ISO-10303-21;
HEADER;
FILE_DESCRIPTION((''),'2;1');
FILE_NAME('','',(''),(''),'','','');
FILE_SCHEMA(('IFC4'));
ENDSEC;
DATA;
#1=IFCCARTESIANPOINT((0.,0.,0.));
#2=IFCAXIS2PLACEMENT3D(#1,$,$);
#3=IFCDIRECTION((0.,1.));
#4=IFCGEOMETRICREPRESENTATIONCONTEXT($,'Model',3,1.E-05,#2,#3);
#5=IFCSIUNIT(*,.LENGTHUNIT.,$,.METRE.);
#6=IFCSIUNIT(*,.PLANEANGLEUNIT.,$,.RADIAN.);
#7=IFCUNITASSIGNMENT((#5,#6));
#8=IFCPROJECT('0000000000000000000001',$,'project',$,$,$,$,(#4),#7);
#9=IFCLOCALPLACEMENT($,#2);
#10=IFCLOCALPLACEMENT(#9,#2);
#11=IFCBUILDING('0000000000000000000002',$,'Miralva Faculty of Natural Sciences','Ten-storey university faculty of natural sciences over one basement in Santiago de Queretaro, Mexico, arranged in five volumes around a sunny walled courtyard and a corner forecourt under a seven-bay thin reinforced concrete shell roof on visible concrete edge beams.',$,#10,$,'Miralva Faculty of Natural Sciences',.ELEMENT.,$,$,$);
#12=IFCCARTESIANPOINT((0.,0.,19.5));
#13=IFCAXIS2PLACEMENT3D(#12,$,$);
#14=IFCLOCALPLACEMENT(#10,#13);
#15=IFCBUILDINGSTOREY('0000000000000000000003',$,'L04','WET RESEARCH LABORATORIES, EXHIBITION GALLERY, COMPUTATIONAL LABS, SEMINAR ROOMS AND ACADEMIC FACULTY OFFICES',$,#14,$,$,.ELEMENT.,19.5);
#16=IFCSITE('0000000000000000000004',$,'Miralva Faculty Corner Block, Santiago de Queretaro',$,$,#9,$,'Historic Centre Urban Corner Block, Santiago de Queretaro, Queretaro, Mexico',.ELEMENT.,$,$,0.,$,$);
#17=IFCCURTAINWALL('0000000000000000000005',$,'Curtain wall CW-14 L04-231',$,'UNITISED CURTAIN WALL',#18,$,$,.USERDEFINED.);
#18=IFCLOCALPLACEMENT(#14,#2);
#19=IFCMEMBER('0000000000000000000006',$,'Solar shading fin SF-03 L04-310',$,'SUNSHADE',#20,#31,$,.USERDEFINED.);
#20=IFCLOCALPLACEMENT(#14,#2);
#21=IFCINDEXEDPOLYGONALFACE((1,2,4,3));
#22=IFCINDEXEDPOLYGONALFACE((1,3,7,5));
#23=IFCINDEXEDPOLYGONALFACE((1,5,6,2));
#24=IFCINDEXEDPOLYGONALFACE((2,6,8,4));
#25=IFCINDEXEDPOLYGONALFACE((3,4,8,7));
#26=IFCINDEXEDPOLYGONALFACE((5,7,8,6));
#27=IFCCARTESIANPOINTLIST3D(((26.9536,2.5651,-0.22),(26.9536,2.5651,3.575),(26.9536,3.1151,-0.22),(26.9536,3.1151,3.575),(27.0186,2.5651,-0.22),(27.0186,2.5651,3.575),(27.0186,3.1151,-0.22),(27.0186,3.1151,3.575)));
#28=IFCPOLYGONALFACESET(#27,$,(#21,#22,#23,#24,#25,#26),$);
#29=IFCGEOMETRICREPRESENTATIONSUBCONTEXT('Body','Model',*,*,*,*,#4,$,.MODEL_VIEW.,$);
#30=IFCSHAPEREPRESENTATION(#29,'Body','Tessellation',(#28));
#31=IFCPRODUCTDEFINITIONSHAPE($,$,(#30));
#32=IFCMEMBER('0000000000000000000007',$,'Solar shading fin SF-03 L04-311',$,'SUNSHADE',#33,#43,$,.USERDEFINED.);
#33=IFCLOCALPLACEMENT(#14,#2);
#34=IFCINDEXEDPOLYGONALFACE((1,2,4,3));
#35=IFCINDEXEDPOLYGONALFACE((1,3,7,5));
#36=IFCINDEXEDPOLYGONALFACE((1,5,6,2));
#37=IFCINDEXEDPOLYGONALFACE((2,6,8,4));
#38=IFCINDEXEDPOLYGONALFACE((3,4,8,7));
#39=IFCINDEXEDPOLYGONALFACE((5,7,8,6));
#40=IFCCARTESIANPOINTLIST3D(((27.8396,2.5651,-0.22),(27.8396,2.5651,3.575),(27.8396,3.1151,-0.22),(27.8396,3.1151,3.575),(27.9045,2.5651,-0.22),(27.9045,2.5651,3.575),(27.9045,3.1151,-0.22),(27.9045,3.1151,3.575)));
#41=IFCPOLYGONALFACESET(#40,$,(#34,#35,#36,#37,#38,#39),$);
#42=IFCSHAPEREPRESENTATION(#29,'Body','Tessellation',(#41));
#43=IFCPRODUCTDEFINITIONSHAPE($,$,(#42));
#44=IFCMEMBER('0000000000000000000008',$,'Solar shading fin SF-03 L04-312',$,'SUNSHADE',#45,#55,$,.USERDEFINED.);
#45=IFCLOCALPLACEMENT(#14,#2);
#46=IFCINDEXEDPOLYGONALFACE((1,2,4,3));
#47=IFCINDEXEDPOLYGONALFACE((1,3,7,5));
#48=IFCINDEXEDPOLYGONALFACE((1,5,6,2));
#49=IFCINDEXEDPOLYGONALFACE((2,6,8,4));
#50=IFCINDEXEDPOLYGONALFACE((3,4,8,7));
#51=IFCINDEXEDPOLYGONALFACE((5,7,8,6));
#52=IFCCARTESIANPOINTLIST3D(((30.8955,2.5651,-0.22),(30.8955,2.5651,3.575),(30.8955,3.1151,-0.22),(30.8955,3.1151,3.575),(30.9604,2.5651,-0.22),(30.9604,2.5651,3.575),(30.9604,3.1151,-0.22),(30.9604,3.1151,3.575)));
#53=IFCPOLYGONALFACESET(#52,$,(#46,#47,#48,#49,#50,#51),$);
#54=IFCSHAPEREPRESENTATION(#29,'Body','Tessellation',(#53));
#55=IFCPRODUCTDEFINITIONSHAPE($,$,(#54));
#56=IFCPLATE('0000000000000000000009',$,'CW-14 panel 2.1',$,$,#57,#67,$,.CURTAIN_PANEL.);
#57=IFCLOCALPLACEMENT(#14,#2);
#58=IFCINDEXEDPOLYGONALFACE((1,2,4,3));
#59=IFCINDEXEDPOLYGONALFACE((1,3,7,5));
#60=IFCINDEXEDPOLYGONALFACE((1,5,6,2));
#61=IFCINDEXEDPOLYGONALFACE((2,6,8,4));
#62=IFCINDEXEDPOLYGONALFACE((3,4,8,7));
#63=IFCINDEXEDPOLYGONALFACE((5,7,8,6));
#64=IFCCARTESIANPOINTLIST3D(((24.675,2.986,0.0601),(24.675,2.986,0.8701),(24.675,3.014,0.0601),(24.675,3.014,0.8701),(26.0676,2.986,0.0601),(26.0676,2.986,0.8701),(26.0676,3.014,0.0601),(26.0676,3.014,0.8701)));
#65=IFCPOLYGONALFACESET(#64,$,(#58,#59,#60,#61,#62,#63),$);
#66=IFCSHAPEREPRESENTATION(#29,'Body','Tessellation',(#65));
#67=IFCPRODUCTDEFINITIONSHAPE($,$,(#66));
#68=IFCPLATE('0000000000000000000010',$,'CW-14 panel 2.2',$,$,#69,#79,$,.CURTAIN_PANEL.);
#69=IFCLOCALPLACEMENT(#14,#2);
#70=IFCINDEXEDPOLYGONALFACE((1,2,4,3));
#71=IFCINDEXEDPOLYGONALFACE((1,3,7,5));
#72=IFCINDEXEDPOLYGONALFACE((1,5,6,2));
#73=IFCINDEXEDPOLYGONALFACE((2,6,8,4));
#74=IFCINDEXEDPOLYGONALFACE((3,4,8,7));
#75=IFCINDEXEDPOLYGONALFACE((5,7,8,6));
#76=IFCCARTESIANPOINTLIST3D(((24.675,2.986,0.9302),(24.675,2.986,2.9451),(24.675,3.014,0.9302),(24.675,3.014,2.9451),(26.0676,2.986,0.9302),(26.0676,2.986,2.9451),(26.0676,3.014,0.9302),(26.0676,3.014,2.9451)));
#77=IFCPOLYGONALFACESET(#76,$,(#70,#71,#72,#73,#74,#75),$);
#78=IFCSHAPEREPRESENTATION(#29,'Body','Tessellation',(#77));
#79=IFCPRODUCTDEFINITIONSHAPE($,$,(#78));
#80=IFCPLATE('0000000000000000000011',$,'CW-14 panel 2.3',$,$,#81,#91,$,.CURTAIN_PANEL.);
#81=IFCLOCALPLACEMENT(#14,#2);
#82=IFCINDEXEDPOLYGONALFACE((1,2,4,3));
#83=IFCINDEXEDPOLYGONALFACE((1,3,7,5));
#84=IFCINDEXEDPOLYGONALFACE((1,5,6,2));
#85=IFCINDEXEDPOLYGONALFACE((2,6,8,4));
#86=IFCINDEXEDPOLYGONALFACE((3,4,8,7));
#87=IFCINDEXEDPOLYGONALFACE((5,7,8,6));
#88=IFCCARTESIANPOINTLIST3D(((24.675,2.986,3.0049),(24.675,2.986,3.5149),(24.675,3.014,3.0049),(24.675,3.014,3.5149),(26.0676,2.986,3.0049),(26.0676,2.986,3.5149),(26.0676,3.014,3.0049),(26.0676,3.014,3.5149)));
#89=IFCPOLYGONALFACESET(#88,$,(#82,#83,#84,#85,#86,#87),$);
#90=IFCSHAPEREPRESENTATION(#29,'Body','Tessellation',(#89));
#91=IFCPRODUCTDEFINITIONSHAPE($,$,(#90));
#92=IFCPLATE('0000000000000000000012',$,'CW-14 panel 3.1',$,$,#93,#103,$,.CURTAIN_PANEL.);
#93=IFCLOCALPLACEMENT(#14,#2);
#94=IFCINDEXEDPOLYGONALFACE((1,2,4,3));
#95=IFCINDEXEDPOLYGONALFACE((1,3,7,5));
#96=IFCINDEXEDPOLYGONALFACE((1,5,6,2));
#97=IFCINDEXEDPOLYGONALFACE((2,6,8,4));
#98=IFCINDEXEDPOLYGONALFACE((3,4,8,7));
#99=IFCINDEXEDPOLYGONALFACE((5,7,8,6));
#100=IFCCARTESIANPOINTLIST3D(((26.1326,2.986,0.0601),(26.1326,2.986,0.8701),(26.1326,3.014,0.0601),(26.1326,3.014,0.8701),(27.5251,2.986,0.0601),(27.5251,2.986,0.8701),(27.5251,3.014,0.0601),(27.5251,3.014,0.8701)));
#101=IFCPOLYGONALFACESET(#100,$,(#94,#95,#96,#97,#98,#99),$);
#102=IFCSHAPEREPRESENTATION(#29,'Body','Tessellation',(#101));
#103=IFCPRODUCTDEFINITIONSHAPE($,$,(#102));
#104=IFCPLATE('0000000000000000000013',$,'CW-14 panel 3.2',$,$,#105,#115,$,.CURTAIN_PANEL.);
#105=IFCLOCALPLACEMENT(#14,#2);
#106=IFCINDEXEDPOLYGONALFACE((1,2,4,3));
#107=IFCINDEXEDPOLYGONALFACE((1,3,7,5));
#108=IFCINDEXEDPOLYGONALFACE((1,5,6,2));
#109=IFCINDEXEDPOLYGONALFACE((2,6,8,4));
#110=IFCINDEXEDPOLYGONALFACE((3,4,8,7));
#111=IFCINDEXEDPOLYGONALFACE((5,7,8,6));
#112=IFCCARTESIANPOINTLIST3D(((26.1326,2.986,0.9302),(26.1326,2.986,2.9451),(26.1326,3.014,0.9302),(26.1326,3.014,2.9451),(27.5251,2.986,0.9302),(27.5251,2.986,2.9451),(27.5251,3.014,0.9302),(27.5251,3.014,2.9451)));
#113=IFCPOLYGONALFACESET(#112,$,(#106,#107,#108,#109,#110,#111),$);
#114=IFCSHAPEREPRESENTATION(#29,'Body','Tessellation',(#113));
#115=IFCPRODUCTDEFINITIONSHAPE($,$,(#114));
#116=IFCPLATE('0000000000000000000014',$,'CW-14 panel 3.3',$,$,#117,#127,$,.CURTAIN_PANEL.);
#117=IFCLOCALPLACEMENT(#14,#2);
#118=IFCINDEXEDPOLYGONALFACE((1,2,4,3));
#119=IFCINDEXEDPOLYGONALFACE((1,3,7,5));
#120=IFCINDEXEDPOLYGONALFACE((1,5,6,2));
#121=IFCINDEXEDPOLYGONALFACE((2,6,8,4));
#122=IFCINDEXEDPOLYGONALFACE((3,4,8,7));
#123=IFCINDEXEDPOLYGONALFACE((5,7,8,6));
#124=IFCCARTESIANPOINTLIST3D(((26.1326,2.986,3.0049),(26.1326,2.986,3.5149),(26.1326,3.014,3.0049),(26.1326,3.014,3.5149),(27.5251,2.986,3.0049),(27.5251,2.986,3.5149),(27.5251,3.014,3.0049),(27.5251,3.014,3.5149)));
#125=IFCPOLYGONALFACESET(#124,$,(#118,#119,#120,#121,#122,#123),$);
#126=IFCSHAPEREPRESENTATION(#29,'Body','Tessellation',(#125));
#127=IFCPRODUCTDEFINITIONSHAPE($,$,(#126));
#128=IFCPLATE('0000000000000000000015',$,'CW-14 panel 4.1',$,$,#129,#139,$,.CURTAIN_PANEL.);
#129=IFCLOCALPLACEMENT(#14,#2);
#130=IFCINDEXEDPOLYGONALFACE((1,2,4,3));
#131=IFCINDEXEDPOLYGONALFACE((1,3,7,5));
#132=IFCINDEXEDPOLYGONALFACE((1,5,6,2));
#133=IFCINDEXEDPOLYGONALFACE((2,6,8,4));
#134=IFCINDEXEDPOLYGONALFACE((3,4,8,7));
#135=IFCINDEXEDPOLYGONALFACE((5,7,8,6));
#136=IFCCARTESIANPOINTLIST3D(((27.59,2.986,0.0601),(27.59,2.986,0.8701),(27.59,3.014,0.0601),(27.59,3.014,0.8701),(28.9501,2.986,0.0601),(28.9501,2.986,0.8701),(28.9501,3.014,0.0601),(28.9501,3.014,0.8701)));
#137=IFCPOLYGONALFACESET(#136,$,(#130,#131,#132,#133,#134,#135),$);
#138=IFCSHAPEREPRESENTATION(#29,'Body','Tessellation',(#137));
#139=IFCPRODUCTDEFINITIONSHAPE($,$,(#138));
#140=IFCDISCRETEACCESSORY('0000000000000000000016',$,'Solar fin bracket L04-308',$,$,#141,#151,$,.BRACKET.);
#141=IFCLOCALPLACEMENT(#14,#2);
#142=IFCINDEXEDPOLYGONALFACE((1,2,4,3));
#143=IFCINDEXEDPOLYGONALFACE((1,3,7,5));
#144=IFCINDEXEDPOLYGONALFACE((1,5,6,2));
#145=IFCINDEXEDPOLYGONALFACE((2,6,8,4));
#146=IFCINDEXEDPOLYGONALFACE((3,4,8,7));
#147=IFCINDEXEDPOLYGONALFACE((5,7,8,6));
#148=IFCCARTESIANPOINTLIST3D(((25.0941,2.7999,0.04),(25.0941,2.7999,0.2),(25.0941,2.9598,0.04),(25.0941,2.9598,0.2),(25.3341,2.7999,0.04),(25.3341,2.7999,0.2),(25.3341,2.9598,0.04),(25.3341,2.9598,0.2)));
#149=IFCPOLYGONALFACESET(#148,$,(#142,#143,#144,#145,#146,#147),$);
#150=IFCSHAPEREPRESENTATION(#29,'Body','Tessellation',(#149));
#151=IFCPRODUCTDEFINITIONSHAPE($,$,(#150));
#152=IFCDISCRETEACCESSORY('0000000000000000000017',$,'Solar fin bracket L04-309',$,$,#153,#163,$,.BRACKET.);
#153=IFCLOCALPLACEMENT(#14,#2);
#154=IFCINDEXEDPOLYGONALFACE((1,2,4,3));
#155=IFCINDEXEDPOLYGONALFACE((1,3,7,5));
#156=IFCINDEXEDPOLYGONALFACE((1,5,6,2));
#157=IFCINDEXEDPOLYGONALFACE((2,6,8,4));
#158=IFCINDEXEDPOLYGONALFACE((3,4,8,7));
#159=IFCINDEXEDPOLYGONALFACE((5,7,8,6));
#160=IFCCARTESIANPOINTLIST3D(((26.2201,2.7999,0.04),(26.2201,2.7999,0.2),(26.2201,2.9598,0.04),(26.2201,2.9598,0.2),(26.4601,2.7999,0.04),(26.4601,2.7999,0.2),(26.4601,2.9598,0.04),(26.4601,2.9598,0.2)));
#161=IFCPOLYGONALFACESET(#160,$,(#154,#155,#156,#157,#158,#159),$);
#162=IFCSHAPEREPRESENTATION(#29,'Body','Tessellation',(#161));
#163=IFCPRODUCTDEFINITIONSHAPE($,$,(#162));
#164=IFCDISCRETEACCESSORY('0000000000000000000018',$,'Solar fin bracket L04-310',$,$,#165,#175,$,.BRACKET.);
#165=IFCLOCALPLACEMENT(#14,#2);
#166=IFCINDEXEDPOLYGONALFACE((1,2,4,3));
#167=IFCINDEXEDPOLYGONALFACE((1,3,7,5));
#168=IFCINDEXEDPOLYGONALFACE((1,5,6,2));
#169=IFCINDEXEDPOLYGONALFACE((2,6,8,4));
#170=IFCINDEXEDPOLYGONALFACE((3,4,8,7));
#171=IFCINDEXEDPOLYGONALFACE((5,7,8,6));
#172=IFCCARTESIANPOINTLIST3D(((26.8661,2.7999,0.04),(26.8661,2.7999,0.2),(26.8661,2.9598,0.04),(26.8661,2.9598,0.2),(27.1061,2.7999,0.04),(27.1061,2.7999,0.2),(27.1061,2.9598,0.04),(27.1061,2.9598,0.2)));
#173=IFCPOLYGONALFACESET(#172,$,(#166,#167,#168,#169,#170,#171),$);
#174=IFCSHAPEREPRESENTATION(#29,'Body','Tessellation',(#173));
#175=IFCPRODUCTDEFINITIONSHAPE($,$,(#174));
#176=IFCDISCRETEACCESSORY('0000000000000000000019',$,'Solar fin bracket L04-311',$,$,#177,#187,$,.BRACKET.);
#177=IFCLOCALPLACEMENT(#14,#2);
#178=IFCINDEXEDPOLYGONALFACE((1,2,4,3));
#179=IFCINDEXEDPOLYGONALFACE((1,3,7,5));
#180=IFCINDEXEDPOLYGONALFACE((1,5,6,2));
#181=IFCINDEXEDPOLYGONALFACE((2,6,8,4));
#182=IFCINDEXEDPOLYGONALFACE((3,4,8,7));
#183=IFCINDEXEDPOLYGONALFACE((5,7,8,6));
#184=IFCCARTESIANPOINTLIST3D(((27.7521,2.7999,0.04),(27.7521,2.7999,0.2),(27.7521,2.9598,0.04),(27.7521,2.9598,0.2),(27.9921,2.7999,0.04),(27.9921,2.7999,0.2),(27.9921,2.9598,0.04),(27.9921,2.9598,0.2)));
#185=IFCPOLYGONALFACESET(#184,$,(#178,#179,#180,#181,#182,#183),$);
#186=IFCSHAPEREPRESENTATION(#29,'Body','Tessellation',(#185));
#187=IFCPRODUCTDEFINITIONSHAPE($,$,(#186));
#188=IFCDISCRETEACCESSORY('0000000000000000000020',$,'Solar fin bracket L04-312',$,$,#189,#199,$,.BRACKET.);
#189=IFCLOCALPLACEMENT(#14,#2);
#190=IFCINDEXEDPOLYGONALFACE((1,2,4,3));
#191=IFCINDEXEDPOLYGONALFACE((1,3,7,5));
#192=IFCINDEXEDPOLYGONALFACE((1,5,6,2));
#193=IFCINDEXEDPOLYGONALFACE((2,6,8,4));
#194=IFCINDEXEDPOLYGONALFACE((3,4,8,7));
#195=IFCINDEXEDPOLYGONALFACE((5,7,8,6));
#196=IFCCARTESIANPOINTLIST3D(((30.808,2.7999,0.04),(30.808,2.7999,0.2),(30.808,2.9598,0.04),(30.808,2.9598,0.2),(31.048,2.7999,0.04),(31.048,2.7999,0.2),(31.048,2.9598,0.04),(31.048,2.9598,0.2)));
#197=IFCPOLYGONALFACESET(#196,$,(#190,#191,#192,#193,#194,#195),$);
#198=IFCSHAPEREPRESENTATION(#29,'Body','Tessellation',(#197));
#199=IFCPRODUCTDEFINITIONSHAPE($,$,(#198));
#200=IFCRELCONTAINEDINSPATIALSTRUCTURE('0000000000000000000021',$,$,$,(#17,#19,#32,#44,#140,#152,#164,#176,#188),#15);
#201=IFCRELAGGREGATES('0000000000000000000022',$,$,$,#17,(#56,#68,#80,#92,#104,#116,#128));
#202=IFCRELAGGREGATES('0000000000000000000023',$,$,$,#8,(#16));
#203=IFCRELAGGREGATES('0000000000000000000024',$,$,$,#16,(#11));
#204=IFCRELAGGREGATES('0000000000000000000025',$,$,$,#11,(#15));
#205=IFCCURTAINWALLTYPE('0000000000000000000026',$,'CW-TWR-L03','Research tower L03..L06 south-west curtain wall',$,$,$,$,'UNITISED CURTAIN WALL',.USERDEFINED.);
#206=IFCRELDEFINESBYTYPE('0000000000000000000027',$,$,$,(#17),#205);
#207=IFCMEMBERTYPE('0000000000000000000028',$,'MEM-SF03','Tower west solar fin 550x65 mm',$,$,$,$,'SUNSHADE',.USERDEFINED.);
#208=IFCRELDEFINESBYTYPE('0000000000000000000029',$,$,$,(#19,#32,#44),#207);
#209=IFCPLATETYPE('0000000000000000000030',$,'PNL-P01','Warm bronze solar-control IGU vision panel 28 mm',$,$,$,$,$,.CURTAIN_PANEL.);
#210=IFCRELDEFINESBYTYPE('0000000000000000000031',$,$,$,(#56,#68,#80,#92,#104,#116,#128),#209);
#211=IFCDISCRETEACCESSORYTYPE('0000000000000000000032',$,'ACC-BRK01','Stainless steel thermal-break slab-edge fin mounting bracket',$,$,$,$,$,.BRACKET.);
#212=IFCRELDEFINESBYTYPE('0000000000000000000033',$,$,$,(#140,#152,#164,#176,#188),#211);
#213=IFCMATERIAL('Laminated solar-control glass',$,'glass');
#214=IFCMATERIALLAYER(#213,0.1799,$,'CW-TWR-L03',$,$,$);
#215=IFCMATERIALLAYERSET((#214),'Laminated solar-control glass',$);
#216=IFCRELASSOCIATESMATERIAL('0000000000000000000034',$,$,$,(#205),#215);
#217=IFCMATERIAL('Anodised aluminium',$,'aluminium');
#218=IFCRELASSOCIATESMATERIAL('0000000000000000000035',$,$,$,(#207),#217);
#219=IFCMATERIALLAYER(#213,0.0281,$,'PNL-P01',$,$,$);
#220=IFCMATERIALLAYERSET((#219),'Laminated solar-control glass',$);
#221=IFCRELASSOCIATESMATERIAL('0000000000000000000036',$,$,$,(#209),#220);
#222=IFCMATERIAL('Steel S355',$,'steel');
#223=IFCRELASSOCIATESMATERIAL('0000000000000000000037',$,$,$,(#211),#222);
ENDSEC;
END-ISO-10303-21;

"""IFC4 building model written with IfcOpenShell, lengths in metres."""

from ifc_helpers import new_model, si_unit, direction, frame, origin, origin_2d, place, context, subcontext, project, spatial, rectangle, extrude, material, layer, layer_set, material_profile, profile_set, type_object, element, aggregate, save


model = new_model("IFC4")

# Units and contexts
model_context = context("Model", 3, precision=1e-05, world=origin(), true_north=direction((0.0, 1.0)))
body_context = subcontext(model_context, "Body", "Model", "MODEL_VIEW")
ifc_project = project(units=[si_unit("LENGTHUNIT", "METRE"), si_unit("PLANEANGLEUNIT", "RADIAN")], contexts=[model_context])

# Site, building, storey
site_placement = place(None, origin())
site = spatial("IfcSite", under=ifc_project, at=site_placement, Name="Miralva Faculty Corner Block, Santiago de Queretaro", LongName="Historic Centre Urban Corner Block, Santiago de Queretaro, Queretaro, Mexico", CompositionType="ELEMENT", RefElevation=0.0)
building_placement = place(site_placement, origin())
building = spatial("IfcBuilding", under=site, at=building_placement, Name="Miralva Faculty of Natural Sciences", Description="Ten-storey university faculty of natural sciences over one basement in Santiago de Queretaro, Mexico, arranged in five volumes around a sunny walled courtyard and a corner forecourt under a seven-bay thin reinforced concrete shell roof on visible concrete edge beams.", LongName="Miralva Faculty of Natural Sciences", CompositionType="ELEMENT")
storey_placement = place(building_placement, frame((0.0, 0.0, 19.5)))
storey = spatial("IfcBuildingStorey", under=building, at=storey_placement, Name="L04", Description="WET RESEARCH LABORATORIES, EXHIBITION GALLERY, COMPUTATIONAL LABS, SEMINAR ROOMS AND ACADEMIC FACULTY OFFICES", CompositionType="ELEMENT", Elevation=19.5)

# Curtain wall
ifc_material_1 = material(Name="Laminated solar-control glass", Category="glass")
ifc_layer_1 = layer(ifc_material_1, 0.1799, Name="CW-TWR-L03")
ifc_layer_set_1 = layer_set([ifc_layer_1], Name="Laminated solar-control glass")
curtain_wall_type = type_object("IfcCurtainWallType", Name="CW-TWR-L03", Description="Research tower L03..L06 south-west curtain wall", ElementType="UNITISED CURTAIN WALL", PredefinedType="USERDEFINED", material=ifc_layer_set_1)
curtain_wall_placement = place(storey_placement, origin())
curtain_wall = element("IfcCurtainWall", 1, at=curtain_wall_placement, inside=storey, type_object=curtain_wall_type, Name="Curtain wall CW-14 L04-231", ObjectType="UNITISED CURTAIN WALL", PredefinedType="USERDEFINED")
ifc_material_2 = material(Name="Anodised aluminium", Category="aluminium")

# Members
ifc_material_profile_1 = material_profile(ifc_material_2, rectangle(XDim=0.0649, YDim=0.55, at=origin_2d()), Name="FIN 550x65")
ifc_profile_set_1 = profile_set([ifc_material_profile_1], Name="Anodised aluminium")
member_type_1 = type_object("IfcMemberType", Name="MEM-SF03", Description="Tower west solar fin 550x65 mm", ElementType="SUNSHADE", PredefinedType="USERDEFINED", material=ifc_profile_set_1)
for number, where, z_axis, x_axis, name in (
    (2, (26.9861, 2.8401, -0.22), (0.0, 0.0, 1.0), (1.0, 0.0, 0.0), "Solar shading fin SF-03 L04-310"),
    (3, (27.8721, 2.8401, -0.22), (0.0, 0.0, 1.0), (1.0, 0.0, 0.0), "Solar shading fin SF-03 L04-311"),
    (4, (30.928, 2.8401, -0.22), (0.0, 0.0, 1.0), (1.0, 0.0, 0.0), "Solar shading fin SF-03 L04-312"),
):
    element("IfcMember", number, at=place(storey_placement, frame(where, z_axis=z_axis, x_axis=x_axis)), inside=storey, type_object=member_type_1, Name=name, ObjectType="SUNSHADE", PredefinedType="USERDEFINED", context=body_context, shape_type="SweptSolid", body=[
        extrude(rectangle(XDim=0.0649, YDim=0.55, at=origin_2d()), origin(), (0.0, 0.0, 1.0), 3.7949),
    ])

# Plates
ifc_layer_2 = layer(ifc_material_1, 0.0281, Name="PNL-P01")
ifc_layer_set_2 = layer_set([ifc_layer_2], Name="Laminated solar-control glass")
plate_type = type_object("IfcPlateType", Name="PNL-P01", Description="Warm bronze solar-control IGU vision panel 28 mm", PredefinedType="CURTAIN_PANEL", material=ifc_layer_set_2)
plate_1_placement = place(storey_placement, frame((25.3713, 3.0, 0.0601), z_axis=(0.0, 0.0, 1.0), x_axis=(1.0, 0.0, 0.0)))
plate_1 = element("IfcPlate", 5, at=plate_1_placement, type_object=plate_type, Name="CW-14 panel 2.1", PredefinedType="CURTAIN_PANEL", context=body_context, shape_type="SweptSolid", body=[
    extrude(rectangle(XDim=1.3926, YDim=0.0281, at=origin_2d()), origin(), (0.0, 0.0, 1.0), 0.8101),
])
plate_2_placement = place(storey_placement, frame((25.3713, 3.0, 0.9302), z_axis=(0.0, 0.0, 1.0), x_axis=(1.0, 0.0, 0.0)))
plate_2 = element("IfcPlate", 6, at=plate_2_placement, type_object=plate_type, Name="CW-14 panel 2.2", PredefinedType="CURTAIN_PANEL", context=body_context, shape_type="SweptSolid", body=[
    extrude(rectangle(XDim=1.3926, YDim=0.0281, at=origin_2d()), origin(), (0.0, 0.0, 1.0), 2.0149),
])
plate_3_placement = place(storey_placement, frame((25.3713, 3.0, 3.0049), z_axis=(0.0, 0.0, 1.0), x_axis=(1.0, 0.0, 0.0)))
plate_3 = element("IfcPlate", 7, at=plate_3_placement, type_object=plate_type, Name="CW-14 panel 2.3", PredefinedType="CURTAIN_PANEL", context=body_context, shape_type="SweptSolid", body=[
    extrude(rectangle(XDim=1.3926, YDim=0.0281, at=origin_2d()), origin(), (0.0, 0.0, 1.0), 0.51),
])
plate_4_placement = place(storey_placement, frame((26.8289, 3.0, 0.0601), z_axis=(0.0, 0.0, 1.0), x_axis=(1.0, 0.0, 0.0)))
plate_4 = element("IfcPlate", 8, at=plate_4_placement, type_object=plate_type, Name="CW-14 panel 3.1", PredefinedType="CURTAIN_PANEL", context=body_context, shape_type="SweptSolid", body=[
    extrude(rectangle(XDim=1.3926, YDim=0.0281, at=origin_2d()), origin(), (0.0, 0.0, 1.0), 0.8101),
])
plate_5_placement = place(storey_placement, frame((26.8289, 3.0, 0.9302), z_axis=(0.0, 0.0, 1.0), x_axis=(1.0, 0.0, 0.0)))
plate_5 = element("IfcPlate", 9, at=plate_5_placement, type_object=plate_type, Name="CW-14 panel 3.2", PredefinedType="CURTAIN_PANEL", context=body_context, shape_type="SweptSolid", body=[
    extrude(rectangle(XDim=1.3926, YDim=0.0281, at=origin_2d()), origin(), (0.0, 0.0, 1.0), 2.0149),
])
plate_6_placement = place(storey_placement, frame((26.8289, 3.0, 3.0049), z_axis=(0.0, 0.0, 1.0), x_axis=(1.0, 0.0, 0.0)))
plate_6 = element("IfcPlate", 10, at=plate_6_placement, type_object=plate_type, Name="CW-14 panel 3.3", PredefinedType="CURTAIN_PANEL", context=body_context, shape_type="SweptSolid", body=[
    extrude(rectangle(XDim=1.3926, YDim=0.0281, at=origin_2d()), origin(), (0.0, 0.0, 1.0), 0.51),
])
plate_7_placement = place(storey_placement, frame((28.27, 3.0, 0.0601), z_axis=(0.0, 0.0, 1.0), x_axis=(1.0, 0.0, 0.0)))
plate_7 = element("IfcPlate", 11, at=plate_7_placement, type_object=plate_type, Name="CW-14 panel 4.1", PredefinedType="CURTAIN_PANEL", context=body_context, shape_type="SweptSolid", body=[
    extrude(rectangle(XDim=1.3601, YDim=0.0281, at=origin_2d()), origin(), (0.0, 0.0, 1.0), 0.8101),
])
aggregate(curtain_wall, [plate_1, plate_2, plate_3, plate_4, plate_5, plate_6, plate_7])

# Discrete accessories
ifc_material_3 = material(Name="Steel S355", Category="steel")
discrete_accessory_type = type_object("IfcDiscreteAccessoryType", Name="ACC-BRK01", Description="Stainless steel thermal-break slab-edge fin mounting bracket", PredefinedType="BRACKET", material=ifc_material_3)
for number, where, z_axis, x_axis, name in (
    (12, (25.2141, 2.8799, 0.04), (0.0, 0.0, 1.0), (0.0, -1.0, 0.0), "Solar fin bracket L04-308"),
    (13, (26.3401, 2.8799, 0.04), (0.0, 0.0, 1.0), (0.0, -1.0, 0.0), "Solar fin bracket L04-309"),
    (14, (26.9861, 2.8799, 0.04), (0.0, 0.0, 1.0), (0.0, -1.0, 0.0), "Solar fin bracket L04-310"),
    (15, (27.8721, 2.8799, 0.04), (0.0, 0.0, 1.0), (0.0, -1.0, 0.0), "Solar fin bracket L04-311"),
    (16, (30.928, 2.8799, 0.04), (0.0, 0.0, 1.0), (0.0, -1.0, 0.0), "Solar fin bracket L04-312"),
):
    element("IfcDiscreteAccessory", number, at=place(storey_placement, frame(where, z_axis=z_axis, x_axis=x_axis)), inside=storey, type_object=discrete_accessory_type, Name=name, PredefinedType="BRACKET", context=body_context, shape_type="SweptSolid", body=[
        extrude(rectangle(XDim=0.1599, YDim=0.24, at=origin_2d()), origin(), (0.0, 0.0, 1.0), 0.1599),
    ])

save(model, "model.ifc")
